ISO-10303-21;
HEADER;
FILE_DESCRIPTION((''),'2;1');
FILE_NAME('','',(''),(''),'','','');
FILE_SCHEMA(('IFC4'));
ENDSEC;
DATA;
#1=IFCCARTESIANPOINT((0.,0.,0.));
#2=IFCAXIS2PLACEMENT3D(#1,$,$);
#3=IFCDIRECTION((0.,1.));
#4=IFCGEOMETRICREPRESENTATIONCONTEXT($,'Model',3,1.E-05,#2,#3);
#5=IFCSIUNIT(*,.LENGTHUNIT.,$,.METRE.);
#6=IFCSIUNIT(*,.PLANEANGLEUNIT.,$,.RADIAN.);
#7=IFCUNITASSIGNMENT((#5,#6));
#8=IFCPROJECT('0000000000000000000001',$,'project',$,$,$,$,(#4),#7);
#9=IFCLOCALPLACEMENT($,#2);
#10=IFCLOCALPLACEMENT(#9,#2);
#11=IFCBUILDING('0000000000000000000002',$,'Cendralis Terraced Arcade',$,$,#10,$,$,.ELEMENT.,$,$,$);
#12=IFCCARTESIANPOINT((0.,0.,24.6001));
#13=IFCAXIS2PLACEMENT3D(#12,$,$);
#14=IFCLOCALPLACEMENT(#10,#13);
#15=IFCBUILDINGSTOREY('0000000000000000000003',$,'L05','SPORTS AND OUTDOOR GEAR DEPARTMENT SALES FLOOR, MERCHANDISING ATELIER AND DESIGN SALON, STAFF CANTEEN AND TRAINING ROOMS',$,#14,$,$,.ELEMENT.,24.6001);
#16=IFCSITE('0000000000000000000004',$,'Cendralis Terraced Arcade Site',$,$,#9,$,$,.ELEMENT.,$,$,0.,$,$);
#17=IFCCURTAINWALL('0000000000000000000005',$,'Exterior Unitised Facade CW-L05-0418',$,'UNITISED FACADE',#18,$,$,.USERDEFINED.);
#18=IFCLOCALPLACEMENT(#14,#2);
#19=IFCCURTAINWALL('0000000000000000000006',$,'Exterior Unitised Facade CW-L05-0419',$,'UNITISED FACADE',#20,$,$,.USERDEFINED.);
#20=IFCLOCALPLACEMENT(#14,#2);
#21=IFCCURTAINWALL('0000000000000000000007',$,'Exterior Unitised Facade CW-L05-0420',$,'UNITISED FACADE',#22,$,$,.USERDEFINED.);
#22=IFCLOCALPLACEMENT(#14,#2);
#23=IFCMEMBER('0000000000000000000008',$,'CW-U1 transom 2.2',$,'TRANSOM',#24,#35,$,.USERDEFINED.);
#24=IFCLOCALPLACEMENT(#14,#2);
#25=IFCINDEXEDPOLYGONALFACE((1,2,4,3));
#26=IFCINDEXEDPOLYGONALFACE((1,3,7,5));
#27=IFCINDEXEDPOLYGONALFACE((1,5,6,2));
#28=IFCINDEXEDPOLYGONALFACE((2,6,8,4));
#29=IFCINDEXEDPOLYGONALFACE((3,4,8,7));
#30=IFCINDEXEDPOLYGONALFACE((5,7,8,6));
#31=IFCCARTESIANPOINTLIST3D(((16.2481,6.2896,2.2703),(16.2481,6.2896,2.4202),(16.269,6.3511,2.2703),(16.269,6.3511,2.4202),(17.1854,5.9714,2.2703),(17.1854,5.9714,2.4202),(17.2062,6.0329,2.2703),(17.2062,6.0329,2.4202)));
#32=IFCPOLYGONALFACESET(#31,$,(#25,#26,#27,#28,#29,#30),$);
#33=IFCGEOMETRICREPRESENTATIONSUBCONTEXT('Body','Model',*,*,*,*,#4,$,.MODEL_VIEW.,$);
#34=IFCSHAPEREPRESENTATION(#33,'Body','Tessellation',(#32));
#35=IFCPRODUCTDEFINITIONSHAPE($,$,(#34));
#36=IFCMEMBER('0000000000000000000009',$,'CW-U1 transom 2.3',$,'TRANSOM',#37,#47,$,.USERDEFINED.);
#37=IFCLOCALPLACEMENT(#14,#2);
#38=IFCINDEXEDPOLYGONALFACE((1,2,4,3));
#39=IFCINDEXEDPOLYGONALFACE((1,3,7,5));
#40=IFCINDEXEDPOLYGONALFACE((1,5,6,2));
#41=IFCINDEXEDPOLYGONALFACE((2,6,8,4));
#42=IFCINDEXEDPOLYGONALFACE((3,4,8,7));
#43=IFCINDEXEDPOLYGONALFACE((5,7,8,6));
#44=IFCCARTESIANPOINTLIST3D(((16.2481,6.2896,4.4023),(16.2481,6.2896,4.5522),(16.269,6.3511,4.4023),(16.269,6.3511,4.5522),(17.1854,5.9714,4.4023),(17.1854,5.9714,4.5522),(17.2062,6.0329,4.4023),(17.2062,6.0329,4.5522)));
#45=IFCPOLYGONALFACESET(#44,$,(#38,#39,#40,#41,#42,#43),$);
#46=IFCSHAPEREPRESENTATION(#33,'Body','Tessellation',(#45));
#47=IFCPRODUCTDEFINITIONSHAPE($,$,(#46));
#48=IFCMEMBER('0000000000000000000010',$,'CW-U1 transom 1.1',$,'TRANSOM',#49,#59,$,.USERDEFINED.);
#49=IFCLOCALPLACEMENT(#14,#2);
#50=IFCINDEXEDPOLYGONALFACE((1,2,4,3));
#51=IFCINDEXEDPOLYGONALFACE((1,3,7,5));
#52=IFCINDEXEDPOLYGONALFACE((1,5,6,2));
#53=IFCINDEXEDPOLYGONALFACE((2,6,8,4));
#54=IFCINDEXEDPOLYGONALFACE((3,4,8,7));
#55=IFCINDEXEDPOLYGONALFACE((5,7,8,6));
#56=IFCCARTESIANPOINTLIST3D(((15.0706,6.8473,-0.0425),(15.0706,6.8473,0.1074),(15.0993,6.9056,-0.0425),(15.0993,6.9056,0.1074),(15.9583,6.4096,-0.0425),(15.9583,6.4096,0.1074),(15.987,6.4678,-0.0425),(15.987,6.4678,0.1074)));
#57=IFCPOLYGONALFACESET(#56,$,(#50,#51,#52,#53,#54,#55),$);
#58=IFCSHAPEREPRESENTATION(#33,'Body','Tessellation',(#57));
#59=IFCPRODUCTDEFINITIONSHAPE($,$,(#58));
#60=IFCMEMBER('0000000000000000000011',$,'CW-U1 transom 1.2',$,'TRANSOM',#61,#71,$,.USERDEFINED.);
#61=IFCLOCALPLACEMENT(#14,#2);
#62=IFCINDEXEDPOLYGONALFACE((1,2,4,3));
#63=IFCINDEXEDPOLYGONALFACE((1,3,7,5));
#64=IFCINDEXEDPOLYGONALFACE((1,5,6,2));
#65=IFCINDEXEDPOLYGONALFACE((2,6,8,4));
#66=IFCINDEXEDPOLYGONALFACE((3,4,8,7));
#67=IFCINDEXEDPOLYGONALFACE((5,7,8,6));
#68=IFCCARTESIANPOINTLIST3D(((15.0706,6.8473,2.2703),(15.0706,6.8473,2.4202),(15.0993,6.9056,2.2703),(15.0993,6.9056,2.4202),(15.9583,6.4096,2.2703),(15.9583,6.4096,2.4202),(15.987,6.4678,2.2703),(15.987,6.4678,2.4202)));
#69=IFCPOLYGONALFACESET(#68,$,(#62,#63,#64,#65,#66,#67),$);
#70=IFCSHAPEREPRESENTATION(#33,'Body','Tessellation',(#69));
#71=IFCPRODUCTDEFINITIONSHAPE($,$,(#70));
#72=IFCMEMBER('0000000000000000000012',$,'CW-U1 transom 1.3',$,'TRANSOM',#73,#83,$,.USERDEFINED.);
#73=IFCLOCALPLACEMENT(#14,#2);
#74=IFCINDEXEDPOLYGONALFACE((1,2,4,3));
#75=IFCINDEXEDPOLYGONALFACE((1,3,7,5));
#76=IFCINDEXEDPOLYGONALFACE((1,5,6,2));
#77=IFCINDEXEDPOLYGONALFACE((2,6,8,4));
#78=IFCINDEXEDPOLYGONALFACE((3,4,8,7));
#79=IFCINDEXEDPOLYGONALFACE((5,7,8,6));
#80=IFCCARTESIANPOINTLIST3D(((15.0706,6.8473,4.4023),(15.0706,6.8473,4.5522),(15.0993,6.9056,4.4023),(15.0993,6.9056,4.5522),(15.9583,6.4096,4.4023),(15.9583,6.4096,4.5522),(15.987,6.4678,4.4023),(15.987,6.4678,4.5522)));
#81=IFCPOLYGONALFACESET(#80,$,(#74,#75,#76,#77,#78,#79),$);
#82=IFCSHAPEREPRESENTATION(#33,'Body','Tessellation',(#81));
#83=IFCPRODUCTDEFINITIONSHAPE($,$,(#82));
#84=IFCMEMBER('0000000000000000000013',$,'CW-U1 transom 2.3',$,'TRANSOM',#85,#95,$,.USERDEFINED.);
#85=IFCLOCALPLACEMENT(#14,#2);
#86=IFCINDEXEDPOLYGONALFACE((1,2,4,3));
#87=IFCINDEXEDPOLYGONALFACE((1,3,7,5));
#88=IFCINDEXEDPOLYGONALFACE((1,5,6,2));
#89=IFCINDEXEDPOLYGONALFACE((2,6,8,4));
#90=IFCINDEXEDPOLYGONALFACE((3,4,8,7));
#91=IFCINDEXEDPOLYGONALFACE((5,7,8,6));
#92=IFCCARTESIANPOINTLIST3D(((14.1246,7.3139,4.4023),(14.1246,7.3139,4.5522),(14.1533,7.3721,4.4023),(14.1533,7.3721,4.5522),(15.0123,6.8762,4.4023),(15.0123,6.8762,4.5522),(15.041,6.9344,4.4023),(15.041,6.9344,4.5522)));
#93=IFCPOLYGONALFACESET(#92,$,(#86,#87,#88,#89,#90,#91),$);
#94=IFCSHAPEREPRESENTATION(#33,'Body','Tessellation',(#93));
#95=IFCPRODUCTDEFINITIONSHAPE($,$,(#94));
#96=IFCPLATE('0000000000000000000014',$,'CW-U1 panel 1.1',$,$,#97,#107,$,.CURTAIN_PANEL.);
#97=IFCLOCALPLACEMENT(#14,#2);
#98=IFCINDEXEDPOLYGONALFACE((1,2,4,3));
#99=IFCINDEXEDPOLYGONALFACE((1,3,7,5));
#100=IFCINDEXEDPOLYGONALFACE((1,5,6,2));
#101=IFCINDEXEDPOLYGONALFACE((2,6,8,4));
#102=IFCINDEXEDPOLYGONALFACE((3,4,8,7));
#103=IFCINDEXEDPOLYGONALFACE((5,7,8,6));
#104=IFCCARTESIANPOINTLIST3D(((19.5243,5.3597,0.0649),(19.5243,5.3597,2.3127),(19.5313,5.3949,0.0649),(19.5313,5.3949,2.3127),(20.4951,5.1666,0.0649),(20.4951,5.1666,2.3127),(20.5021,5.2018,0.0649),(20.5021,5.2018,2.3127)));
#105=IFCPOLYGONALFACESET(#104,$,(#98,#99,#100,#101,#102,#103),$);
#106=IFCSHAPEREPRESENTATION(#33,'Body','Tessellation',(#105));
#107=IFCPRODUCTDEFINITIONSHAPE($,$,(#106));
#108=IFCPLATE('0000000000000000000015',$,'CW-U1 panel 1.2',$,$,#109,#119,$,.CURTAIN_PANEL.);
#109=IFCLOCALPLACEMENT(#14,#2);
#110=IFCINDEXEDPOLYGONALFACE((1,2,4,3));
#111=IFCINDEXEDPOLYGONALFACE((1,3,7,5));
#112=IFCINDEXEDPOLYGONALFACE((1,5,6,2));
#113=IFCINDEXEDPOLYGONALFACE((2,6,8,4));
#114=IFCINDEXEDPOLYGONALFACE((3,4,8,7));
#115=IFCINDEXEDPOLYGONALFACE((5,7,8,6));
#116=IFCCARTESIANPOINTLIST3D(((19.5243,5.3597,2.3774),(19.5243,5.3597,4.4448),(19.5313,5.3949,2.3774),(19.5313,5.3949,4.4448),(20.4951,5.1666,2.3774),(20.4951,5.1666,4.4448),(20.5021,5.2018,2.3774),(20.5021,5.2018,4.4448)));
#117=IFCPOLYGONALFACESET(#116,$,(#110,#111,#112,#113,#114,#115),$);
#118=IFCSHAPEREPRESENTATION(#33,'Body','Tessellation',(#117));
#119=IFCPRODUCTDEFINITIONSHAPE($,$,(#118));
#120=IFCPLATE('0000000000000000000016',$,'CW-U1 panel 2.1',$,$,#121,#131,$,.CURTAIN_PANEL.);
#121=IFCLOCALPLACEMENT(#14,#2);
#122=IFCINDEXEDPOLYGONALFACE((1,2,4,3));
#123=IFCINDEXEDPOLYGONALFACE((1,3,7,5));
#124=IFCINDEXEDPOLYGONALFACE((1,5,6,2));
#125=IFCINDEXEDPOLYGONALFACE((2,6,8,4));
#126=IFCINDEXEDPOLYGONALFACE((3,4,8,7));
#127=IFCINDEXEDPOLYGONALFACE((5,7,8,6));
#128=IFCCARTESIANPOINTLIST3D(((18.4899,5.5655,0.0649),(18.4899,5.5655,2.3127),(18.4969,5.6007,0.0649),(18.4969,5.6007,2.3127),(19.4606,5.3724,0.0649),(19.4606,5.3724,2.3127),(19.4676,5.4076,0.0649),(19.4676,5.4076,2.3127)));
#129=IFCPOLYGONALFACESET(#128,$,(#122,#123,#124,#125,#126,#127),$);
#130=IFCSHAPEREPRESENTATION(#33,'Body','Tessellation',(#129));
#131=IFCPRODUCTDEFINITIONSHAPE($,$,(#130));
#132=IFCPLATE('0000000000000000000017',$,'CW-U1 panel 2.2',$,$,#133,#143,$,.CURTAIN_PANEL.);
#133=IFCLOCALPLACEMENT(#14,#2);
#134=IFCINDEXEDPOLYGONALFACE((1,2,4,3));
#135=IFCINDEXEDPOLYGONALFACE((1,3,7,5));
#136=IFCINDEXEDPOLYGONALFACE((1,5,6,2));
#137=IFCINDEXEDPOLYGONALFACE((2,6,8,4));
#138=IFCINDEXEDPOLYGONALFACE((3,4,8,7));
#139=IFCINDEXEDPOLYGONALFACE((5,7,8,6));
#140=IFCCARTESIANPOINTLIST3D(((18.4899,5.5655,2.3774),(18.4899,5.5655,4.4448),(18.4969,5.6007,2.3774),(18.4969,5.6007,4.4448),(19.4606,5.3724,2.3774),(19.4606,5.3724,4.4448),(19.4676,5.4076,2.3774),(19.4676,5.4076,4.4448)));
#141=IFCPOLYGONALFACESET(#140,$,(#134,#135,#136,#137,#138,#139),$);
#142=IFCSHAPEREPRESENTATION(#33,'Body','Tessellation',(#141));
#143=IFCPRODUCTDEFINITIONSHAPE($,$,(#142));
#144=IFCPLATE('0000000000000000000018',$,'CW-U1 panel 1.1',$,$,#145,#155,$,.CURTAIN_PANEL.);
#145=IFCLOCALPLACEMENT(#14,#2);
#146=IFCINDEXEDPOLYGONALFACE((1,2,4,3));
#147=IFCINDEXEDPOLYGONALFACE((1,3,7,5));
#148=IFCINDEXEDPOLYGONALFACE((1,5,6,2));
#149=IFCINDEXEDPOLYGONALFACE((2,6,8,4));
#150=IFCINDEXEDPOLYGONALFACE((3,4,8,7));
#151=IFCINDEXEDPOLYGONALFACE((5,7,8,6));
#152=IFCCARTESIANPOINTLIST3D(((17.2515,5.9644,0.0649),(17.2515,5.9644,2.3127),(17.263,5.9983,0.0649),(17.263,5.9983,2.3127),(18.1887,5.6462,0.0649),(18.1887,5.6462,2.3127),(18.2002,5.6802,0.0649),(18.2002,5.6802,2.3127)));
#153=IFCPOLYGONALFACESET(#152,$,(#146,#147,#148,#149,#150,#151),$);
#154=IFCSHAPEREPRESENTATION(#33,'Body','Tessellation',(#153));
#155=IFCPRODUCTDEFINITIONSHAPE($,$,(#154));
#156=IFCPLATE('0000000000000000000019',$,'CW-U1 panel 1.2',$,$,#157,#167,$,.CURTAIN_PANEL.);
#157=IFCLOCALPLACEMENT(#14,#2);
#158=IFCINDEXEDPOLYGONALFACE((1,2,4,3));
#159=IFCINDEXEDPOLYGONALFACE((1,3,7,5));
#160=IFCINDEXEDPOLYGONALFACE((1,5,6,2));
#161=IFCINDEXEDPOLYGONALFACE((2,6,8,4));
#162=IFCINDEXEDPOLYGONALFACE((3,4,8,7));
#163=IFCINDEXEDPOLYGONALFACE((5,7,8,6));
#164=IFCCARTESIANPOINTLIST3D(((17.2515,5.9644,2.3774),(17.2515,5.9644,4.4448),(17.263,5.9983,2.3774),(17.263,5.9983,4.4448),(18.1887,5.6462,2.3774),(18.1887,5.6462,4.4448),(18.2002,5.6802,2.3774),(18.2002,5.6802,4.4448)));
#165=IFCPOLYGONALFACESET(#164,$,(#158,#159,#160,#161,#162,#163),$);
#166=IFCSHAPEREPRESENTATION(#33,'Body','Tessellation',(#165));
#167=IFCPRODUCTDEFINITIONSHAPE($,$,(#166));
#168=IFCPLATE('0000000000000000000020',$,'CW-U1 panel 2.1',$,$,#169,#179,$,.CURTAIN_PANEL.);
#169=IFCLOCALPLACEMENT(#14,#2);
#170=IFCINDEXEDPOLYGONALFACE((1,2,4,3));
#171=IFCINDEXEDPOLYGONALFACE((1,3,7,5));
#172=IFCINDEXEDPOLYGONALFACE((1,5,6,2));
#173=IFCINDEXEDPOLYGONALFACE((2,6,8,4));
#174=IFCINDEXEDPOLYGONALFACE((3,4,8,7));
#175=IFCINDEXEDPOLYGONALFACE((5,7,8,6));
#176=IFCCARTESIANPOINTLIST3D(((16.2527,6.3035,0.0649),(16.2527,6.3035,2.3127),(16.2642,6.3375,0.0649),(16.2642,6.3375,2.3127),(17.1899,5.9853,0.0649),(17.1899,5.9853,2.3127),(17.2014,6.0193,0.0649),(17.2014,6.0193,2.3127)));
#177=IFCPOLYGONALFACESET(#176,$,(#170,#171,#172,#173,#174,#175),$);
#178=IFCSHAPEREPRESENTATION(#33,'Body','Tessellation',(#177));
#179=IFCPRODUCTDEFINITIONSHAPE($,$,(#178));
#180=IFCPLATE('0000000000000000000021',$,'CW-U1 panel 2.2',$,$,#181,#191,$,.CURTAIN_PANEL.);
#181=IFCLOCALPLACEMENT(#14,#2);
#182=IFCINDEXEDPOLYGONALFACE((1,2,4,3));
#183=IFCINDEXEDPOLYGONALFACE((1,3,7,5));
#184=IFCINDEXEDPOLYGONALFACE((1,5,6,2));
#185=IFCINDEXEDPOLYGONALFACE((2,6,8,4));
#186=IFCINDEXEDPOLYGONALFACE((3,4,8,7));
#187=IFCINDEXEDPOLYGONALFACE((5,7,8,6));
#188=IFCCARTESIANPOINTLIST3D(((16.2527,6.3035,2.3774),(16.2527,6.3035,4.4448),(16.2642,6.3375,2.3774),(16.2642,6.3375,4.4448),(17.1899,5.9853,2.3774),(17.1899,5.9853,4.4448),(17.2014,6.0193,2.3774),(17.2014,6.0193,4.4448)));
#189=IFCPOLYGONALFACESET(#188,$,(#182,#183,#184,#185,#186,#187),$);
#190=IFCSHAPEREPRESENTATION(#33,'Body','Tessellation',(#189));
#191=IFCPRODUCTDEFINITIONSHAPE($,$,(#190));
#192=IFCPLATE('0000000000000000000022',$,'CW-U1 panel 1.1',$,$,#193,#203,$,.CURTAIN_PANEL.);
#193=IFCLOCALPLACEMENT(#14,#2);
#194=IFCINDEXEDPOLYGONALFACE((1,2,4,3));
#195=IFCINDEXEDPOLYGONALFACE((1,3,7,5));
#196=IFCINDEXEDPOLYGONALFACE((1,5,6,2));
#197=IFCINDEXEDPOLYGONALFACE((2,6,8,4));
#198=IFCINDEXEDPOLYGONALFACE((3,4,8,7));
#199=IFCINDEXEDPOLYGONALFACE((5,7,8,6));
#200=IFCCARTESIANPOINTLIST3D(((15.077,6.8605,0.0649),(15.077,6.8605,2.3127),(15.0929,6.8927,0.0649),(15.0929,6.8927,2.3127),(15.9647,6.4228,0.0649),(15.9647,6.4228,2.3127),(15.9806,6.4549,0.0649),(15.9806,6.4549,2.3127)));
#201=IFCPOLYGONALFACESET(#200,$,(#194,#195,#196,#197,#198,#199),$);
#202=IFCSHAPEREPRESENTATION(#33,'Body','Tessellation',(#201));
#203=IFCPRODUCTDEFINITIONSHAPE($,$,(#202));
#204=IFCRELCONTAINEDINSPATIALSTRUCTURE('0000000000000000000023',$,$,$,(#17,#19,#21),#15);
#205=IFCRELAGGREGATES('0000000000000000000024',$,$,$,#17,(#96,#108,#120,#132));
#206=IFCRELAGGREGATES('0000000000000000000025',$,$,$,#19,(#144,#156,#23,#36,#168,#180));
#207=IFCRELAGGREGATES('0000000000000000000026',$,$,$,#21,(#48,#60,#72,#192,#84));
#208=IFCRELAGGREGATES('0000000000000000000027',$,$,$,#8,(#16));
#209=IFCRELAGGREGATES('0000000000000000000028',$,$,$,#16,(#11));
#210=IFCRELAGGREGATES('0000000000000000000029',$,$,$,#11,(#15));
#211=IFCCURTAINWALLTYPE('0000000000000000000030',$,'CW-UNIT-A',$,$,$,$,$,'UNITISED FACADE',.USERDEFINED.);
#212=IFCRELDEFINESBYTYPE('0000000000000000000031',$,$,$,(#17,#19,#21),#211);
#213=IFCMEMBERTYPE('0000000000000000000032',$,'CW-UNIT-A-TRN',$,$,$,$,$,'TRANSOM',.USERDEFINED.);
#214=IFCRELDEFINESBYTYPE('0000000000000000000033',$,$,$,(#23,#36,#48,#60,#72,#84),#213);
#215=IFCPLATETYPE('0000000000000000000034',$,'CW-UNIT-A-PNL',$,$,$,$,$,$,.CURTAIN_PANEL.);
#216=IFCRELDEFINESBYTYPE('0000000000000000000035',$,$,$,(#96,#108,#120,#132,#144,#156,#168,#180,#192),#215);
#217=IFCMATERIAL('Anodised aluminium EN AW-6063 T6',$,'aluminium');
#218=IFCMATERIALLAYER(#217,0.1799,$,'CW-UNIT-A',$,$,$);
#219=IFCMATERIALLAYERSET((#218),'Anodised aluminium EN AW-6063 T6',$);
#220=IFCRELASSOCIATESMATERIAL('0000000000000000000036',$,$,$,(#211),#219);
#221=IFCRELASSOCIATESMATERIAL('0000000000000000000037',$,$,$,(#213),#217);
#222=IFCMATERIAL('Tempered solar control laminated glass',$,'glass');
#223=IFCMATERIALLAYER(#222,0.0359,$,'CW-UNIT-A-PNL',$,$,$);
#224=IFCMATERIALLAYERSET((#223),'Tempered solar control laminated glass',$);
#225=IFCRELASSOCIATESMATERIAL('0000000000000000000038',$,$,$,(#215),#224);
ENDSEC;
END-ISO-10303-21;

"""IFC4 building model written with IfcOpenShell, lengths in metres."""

from ifc_helpers import new_model, si_unit, direction, frame, origin, origin_2d, place, context, subcontext, project, spatial, rectangle, extrude, material, layer, layer_set, material_profile, profile_set, type_object, element, aggregate, save


model = new_model("IFC4")

# Units and contexts
model_context = context("Model", 3, precision=1e-05, world=origin(), true_north=direction((0.0, 1.0)))
body_context = subcontext(model_context, "Body", "Model", "MODEL_VIEW")
ifc_project = project(units=[si_unit("LENGTHUNIT", "METRE"), si_unit("PLANEANGLEUNIT", "RADIAN")], contexts=[model_context])

# Site, building, storey
site_placement = place(None, origin())
site = spatial("IfcSite", under=ifc_project, at=site_placement, Name="Cendralis Terraced Arcade Site", CompositionType="ELEMENT", RefElevation=0.0)
building_placement = place(site_placement, origin())
building = spatial("IfcBuilding", under=site, at=building_placement, Name="Cendralis Terraced Arcade", CompositionType="ELEMENT")
storey_placement = place(building_placement, frame((0.0, 0.0, 24.6001)))
storey = spatial("IfcBuildingStorey", under=building, at=storey_placement, Name="L05", Description="SPORTS AND OUTDOOR GEAR DEPARTMENT SALES FLOOR, MERCHANDISING ATELIER AND DESIGN SALON, STAFF CANTEEN AND TRAINING ROOMS", CompositionType="ELEMENT", Elevation=24.6001)

# Curtain walls
ifc_material_1 = material(Name="Anodised aluminium EN AW-6063 T6", Category="aluminium")
ifc_layer_1 = layer(ifc_material_1, 0.1799, Name="CW-UNIT-A")
ifc_layer_set_1 = layer_set([ifc_layer_1], Name="Anodised aluminium EN AW-6063 T6")
curtain_wall_type = type_object("IfcCurtainWallType", Name="CW-UNIT-A", ElementType="UNITISED FACADE", PredefinedType="USERDEFINED", material=ifc_layer_set_1)
curtain_wall_1_placement = place(storey_placement, origin())
curtain_wall_1 = element("IfcCurtainWall", 1, at=curtain_wall_1_placement, inside=storey, type_object=curtain_wall_type, Name="Exterior Unitised Facade CW-L05-0418", ObjectType="UNITISED FACADE", PredefinedType="USERDEFINED")
curtain_wall_2_placement = place(storey_placement, origin())
curtain_wall_2 = element("IfcCurtainWall", 2, at=curtain_wall_2_placement, inside=storey, type_object=curtain_wall_type, Name="Exterior Unitised Facade CW-L05-0419", ObjectType="UNITISED FACADE", PredefinedType="USERDEFINED")
curtain_wall_3_placement = place(storey_placement, origin())
curtain_wall_3 = element("IfcCurtainWall", 3, at=curtain_wall_3_placement, inside=storey, type_object=curtain_wall_type, Name="Exterior Unitised Facade CW-L05-0420", ObjectType="UNITISED FACADE", PredefinedType="USERDEFINED")

# Members
ifc_material_profile_1 = material_profile(ifc_material_1, rectangle(XDim=0.0649, YDim=0.1499, at=origin_2d()), Name="ALU-TRN-65x150")
ifc_profile_set_1 = profile_set([ifc_material_profile_1], Name="Anodised aluminium EN AW-6063 T6")
member_type_1 = type_object("IfcMemberType", Name="CW-UNIT-A-TRN", ElementType="TRANSOM", PredefinedType="USERDEFINED", material=ifc_profile_set_1)
member_1_placement = place(storey_placement, frame((17.1958, 6.0022, 2.3452), z_axis=(-0.946943, 0.321403, 0.0), x_axis=(-0.321403, -0.946943, 0.0)))
member_1 = element("IfcMember", 4, at=member_1_placement, type_object=member_type_1, Name="CW-U1 transom 2.2", ObjectType="TRANSOM", PredefinedType="USERDEFINED", context=body_context, shape_type="SweptSolid", body=[
    extrude(rectangle(XDim=0.0649, YDim=0.1499, at=origin_2d()), origin(), (0.0, 0.0, 1.0), 0.9897),
])
member_2_placement = place(storey_placement, frame((17.1958, 6.0022, 4.4773), z_axis=(-0.946943, 0.321403, 0.0), x_axis=(-0.321403, -0.946943, 0.0)))
member_2 = element("IfcMember", 5, at=member_2_placement, type_object=member_type_1, Name="CW-U1 transom 2.3", ObjectType="TRANSOM", PredefinedType="USERDEFINED", context=body_context, shape_type="SweptSolid", body=[
    extrude(rectangle(XDim=0.0649, YDim=0.1499, at=origin_2d()), origin(), (0.0, 0.0, 1.0), 0.9897),
])
member_3_placement = place(storey_placement, frame((15.9727, 6.4387, 0.0325), z_axis=(-0.89688, 0.442273, 0.0), x_axis=(-0.442273, -0.89688, 0.0)))
member_3 = element("IfcMember", 6, at=member_3_placement, type_object=member_type_1, Name="CW-U1 transom 1.1", ObjectType="TRANSOM", PredefinedType="USERDEFINED", context=body_context, shape_type="SweptSolid", body=[
    extrude(rectangle(XDim=0.0649, YDim=0.1499, at=origin_2d()), origin(), (0.0, 0.0, 1.0), 0.9897),
])
member_4_placement = place(storey_placement, frame((15.9727, 6.4387, 2.3452), z_axis=(-0.89688, 0.442273, 0.0), x_axis=(-0.442273, -0.89688, 0.0)))
member_4 = element("IfcMember", 7, at=member_4_placement, type_object=member_type_1, Name="CW-U1 transom 1.2", ObjectType="TRANSOM", PredefinedType="USERDEFINED", context=body_context, shape_type="SweptSolid", body=[
    extrude(rectangle(XDim=0.0649, YDim=0.1499, at=origin_2d()), origin(), (0.0, 0.0, 1.0), 0.9897),
])
member_5_placement = place(storey_placement, frame((15.9727, 6.4387, 4.4773), z_axis=(-0.89688, 0.442273, 0.0), x_axis=(-0.442273, -0.89688, 0.0)))
member_5 = element("IfcMember", 8, at=member_5_placement, type_object=member_type_1, Name="CW-U1 transom 1.3", ObjectType="TRANSOM", PredefinedType="USERDEFINED", context=body_context, shape_type="SweptSolid", body=[
    extrude(rectangle(XDim=0.0649, YDim=0.1499, at=origin_2d()), origin(), (0.0, 0.0, 1.0), 0.9897),
])
member_6_placement = place(storey_placement, frame((15.0266, 6.9053, 4.4773), z_axis=(-0.89688, 0.442273, 0.0), x_axis=(-0.442273, -0.89688, 0.0)))
member_6 = element("IfcMember", 9, at=member_6_placement, type_object=member_type_1, Name="CW-U1 transom 2.3", ObjectType="TRANSOM", PredefinedType="USERDEFINED", context=body_context, shape_type="SweptSolid", body=[
    extrude(rectangle(XDim=0.0649, YDim=0.1499, at=origin_2d()), origin(), (0.0, 0.0, 1.0), 0.9897),
])

# Plates
ifc_material_2 = material(Name="Tempered solar control laminated glass", Category="glass")
ifc_layer_2 = layer(ifc_material_2, 0.0359, Name="CW-UNIT-A-PNL")
ifc_layer_set_2 = layer_set([ifc_layer_2], Name="Tempered solar control laminated glass")
plate_type = type_object("IfcPlateType", Name="CW-UNIT-A-PNL", PredefinedType="CURTAIN_PANEL", material=ifc_layer_set_2)
plate_1_placement = place(storey_placement, frame((20.0132, 5.2808, 0.0649), z_axis=(0.0, 0.0, 1.0), x_axis=(-0.980794, 0.195046, 0.0)))
plate_1 = element("IfcPlate", 10, at=plate_1_placement, type_object=plate_type, Name="CW-U1 panel 1.1", PredefinedType="CURTAIN_PANEL", context=body_context, shape_type="SweptSolid", body=[
    extrude(rectangle(XDim=0.9897, YDim=0.0359, at=origin_2d()), origin(), (0.0, 0.0, 1.0), 2.2478),
])
plate_2_placement = place(storey_placement, frame((20.0132, 5.2808, 2.3774), z_axis=(0.0, 0.0, 1.0), x_axis=(-0.980794, 0.195046, 0.0)))
plate_2 = element("IfcPlate", 11, at=plate_2_placement, type_object=plate_type, Name="CW-U1 panel 1.2", PredefinedType="CURTAIN_PANEL", context=body_context, shape_type="SweptSolid", body=[
    extrude(rectangle(XDim=0.9897, YDim=0.0359, at=origin_2d()), origin(), (0.0, 0.0, 1.0), 2.0674),
])
plate_3_placement = place(storey_placement, frame((18.9788, 5.4866, 0.0649), z_axis=(0.0, 0.0, 1.0), x_axis=(-0.980794, 0.195046, 0.0)))
plate_3 = element("IfcPlate", 12, at=plate_3_placement, type_object=plate_type, Name="CW-U1 panel 2.1", PredefinedType="CURTAIN_PANEL", context=body_context, shape_type="SweptSolid", body=[
    extrude(rectangle(XDim=0.9897, YDim=0.0359, at=origin_2d()), origin(), (0.0, 0.0, 1.0), 2.2478),
])
plate_4_placement = place(storey_placement, frame((18.9788, 5.4866, 2.3774), z_axis=(0.0, 0.0, 1.0), x_axis=(-0.980794, 0.195046, 0.0)))
plate_4 = element("IfcPlate", 13, at=plate_4_placement, type_object=plate_type, Name="CW-U1 panel 2.2", PredefinedType="CURTAIN_PANEL", context=body_context, shape_type="SweptSolid", body=[
    extrude(rectangle(XDim=0.9897, YDim=0.0359, at=origin_2d()), origin(), (0.0, 0.0, 1.0), 2.0674),
])
aggregate(curtain_wall_1, [plate_1, plate_2, plate_3, plate_4])
plate_5_placement = place(storey_placement, frame((17.7258, 5.8223, 0.0649), z_axis=(0.0, 0.0, 1.0), x_axis=(-0.946917, 0.321479, 0.0)))
plate_5 = element("IfcPlate", 14, at=plate_5_placement, type_object=plate_type, Name="CW-U1 panel 1.1", PredefinedType="CURTAIN_PANEL", context=body_context, shape_type="SweptSolid", body=[
    extrude(rectangle(XDim=0.9897, YDim=0.0359, at=origin_2d()), origin(), (0.0, 0.0, 1.0), 2.2478),
])
plate_6_placement = place(storey_placement, frame((17.7258, 5.8223, 2.3774), z_axis=(0.0, 0.0, 1.0), x_axis=(-0.946917, 0.321479, 0.0)))
plate_6 = element("IfcPlate", 15, at=plate_6_placement, type_object=plate_type, Name="CW-U1 panel 1.2", PredefinedType="CURTAIN_PANEL", context=body_context, shape_type="SweptSolid", body=[
    extrude(rectangle(XDim=0.9897, YDim=0.0359, at=origin_2d()), origin(), (0.0, 0.0, 1.0), 2.0674),
])
plate_7_placement = place(storey_placement, frame((16.7271, 6.1614, 0.0649), z_axis=(0.0, 0.0, 1.0), x_axis=(-0.946917, 0.321479, 0.0)))
plate_7 = element("IfcPlate", 16, at=plate_7_placement, type_object=plate_type, Name="CW-U1 panel 2.1", PredefinedType="CURTAIN_PANEL", context=body_context, shape_type="SweptSolid", body=[
    extrude(rectangle(XDim=0.9897, YDim=0.0359, at=origin_2d()), origin(), (0.0, 0.0, 1.0), 2.2478),
])
plate_8_placement = place(storey_placement, frame((16.7271, 6.1614, 2.3774), z_axis=(0.0, 0.0, 1.0), x_axis=(-0.946917, 0.321479, 0.0)))
plate_8 = element("IfcPlate", 17, at=plate_8_placement, type_object=plate_type, Name="CW-U1 panel 2.2", PredefinedType="CURTAIN_PANEL", context=body_context, shape_type="SweptSolid", body=[
    extrude(rectangle(XDim=0.9897, YDim=0.0359, at=origin_2d()), origin(), (0.0, 0.0, 1.0), 2.0674),
])
aggregate(curtain_wall_2, [plate_5, plate_6, member_1, member_2, plate_7, plate_8])
plate_9_placement = place(storey_placement, frame((15.5288, 6.6577, 0.0649), z_axis=(0.0, 0.0, 1.0), x_axis=(-0.896888, 0.442259, 0.0)))
plate_9 = element("IfcPlate", 18, at=plate_9_placement, type_object=plate_type, Name="CW-U1 panel 1.1", PredefinedType="CURTAIN_PANEL", context=body_context, shape_type="SweptSolid", body=[
    extrude(rectangle(XDim=0.9897, YDim=0.0359, at=origin_2d()), origin(), (0.0, 0.0, 1.0), 2.2478),
])
aggregate(curtain_wall_3, [member_3, member_4, member_5, plate_9, member_6])

save(model, "model.ifc")
